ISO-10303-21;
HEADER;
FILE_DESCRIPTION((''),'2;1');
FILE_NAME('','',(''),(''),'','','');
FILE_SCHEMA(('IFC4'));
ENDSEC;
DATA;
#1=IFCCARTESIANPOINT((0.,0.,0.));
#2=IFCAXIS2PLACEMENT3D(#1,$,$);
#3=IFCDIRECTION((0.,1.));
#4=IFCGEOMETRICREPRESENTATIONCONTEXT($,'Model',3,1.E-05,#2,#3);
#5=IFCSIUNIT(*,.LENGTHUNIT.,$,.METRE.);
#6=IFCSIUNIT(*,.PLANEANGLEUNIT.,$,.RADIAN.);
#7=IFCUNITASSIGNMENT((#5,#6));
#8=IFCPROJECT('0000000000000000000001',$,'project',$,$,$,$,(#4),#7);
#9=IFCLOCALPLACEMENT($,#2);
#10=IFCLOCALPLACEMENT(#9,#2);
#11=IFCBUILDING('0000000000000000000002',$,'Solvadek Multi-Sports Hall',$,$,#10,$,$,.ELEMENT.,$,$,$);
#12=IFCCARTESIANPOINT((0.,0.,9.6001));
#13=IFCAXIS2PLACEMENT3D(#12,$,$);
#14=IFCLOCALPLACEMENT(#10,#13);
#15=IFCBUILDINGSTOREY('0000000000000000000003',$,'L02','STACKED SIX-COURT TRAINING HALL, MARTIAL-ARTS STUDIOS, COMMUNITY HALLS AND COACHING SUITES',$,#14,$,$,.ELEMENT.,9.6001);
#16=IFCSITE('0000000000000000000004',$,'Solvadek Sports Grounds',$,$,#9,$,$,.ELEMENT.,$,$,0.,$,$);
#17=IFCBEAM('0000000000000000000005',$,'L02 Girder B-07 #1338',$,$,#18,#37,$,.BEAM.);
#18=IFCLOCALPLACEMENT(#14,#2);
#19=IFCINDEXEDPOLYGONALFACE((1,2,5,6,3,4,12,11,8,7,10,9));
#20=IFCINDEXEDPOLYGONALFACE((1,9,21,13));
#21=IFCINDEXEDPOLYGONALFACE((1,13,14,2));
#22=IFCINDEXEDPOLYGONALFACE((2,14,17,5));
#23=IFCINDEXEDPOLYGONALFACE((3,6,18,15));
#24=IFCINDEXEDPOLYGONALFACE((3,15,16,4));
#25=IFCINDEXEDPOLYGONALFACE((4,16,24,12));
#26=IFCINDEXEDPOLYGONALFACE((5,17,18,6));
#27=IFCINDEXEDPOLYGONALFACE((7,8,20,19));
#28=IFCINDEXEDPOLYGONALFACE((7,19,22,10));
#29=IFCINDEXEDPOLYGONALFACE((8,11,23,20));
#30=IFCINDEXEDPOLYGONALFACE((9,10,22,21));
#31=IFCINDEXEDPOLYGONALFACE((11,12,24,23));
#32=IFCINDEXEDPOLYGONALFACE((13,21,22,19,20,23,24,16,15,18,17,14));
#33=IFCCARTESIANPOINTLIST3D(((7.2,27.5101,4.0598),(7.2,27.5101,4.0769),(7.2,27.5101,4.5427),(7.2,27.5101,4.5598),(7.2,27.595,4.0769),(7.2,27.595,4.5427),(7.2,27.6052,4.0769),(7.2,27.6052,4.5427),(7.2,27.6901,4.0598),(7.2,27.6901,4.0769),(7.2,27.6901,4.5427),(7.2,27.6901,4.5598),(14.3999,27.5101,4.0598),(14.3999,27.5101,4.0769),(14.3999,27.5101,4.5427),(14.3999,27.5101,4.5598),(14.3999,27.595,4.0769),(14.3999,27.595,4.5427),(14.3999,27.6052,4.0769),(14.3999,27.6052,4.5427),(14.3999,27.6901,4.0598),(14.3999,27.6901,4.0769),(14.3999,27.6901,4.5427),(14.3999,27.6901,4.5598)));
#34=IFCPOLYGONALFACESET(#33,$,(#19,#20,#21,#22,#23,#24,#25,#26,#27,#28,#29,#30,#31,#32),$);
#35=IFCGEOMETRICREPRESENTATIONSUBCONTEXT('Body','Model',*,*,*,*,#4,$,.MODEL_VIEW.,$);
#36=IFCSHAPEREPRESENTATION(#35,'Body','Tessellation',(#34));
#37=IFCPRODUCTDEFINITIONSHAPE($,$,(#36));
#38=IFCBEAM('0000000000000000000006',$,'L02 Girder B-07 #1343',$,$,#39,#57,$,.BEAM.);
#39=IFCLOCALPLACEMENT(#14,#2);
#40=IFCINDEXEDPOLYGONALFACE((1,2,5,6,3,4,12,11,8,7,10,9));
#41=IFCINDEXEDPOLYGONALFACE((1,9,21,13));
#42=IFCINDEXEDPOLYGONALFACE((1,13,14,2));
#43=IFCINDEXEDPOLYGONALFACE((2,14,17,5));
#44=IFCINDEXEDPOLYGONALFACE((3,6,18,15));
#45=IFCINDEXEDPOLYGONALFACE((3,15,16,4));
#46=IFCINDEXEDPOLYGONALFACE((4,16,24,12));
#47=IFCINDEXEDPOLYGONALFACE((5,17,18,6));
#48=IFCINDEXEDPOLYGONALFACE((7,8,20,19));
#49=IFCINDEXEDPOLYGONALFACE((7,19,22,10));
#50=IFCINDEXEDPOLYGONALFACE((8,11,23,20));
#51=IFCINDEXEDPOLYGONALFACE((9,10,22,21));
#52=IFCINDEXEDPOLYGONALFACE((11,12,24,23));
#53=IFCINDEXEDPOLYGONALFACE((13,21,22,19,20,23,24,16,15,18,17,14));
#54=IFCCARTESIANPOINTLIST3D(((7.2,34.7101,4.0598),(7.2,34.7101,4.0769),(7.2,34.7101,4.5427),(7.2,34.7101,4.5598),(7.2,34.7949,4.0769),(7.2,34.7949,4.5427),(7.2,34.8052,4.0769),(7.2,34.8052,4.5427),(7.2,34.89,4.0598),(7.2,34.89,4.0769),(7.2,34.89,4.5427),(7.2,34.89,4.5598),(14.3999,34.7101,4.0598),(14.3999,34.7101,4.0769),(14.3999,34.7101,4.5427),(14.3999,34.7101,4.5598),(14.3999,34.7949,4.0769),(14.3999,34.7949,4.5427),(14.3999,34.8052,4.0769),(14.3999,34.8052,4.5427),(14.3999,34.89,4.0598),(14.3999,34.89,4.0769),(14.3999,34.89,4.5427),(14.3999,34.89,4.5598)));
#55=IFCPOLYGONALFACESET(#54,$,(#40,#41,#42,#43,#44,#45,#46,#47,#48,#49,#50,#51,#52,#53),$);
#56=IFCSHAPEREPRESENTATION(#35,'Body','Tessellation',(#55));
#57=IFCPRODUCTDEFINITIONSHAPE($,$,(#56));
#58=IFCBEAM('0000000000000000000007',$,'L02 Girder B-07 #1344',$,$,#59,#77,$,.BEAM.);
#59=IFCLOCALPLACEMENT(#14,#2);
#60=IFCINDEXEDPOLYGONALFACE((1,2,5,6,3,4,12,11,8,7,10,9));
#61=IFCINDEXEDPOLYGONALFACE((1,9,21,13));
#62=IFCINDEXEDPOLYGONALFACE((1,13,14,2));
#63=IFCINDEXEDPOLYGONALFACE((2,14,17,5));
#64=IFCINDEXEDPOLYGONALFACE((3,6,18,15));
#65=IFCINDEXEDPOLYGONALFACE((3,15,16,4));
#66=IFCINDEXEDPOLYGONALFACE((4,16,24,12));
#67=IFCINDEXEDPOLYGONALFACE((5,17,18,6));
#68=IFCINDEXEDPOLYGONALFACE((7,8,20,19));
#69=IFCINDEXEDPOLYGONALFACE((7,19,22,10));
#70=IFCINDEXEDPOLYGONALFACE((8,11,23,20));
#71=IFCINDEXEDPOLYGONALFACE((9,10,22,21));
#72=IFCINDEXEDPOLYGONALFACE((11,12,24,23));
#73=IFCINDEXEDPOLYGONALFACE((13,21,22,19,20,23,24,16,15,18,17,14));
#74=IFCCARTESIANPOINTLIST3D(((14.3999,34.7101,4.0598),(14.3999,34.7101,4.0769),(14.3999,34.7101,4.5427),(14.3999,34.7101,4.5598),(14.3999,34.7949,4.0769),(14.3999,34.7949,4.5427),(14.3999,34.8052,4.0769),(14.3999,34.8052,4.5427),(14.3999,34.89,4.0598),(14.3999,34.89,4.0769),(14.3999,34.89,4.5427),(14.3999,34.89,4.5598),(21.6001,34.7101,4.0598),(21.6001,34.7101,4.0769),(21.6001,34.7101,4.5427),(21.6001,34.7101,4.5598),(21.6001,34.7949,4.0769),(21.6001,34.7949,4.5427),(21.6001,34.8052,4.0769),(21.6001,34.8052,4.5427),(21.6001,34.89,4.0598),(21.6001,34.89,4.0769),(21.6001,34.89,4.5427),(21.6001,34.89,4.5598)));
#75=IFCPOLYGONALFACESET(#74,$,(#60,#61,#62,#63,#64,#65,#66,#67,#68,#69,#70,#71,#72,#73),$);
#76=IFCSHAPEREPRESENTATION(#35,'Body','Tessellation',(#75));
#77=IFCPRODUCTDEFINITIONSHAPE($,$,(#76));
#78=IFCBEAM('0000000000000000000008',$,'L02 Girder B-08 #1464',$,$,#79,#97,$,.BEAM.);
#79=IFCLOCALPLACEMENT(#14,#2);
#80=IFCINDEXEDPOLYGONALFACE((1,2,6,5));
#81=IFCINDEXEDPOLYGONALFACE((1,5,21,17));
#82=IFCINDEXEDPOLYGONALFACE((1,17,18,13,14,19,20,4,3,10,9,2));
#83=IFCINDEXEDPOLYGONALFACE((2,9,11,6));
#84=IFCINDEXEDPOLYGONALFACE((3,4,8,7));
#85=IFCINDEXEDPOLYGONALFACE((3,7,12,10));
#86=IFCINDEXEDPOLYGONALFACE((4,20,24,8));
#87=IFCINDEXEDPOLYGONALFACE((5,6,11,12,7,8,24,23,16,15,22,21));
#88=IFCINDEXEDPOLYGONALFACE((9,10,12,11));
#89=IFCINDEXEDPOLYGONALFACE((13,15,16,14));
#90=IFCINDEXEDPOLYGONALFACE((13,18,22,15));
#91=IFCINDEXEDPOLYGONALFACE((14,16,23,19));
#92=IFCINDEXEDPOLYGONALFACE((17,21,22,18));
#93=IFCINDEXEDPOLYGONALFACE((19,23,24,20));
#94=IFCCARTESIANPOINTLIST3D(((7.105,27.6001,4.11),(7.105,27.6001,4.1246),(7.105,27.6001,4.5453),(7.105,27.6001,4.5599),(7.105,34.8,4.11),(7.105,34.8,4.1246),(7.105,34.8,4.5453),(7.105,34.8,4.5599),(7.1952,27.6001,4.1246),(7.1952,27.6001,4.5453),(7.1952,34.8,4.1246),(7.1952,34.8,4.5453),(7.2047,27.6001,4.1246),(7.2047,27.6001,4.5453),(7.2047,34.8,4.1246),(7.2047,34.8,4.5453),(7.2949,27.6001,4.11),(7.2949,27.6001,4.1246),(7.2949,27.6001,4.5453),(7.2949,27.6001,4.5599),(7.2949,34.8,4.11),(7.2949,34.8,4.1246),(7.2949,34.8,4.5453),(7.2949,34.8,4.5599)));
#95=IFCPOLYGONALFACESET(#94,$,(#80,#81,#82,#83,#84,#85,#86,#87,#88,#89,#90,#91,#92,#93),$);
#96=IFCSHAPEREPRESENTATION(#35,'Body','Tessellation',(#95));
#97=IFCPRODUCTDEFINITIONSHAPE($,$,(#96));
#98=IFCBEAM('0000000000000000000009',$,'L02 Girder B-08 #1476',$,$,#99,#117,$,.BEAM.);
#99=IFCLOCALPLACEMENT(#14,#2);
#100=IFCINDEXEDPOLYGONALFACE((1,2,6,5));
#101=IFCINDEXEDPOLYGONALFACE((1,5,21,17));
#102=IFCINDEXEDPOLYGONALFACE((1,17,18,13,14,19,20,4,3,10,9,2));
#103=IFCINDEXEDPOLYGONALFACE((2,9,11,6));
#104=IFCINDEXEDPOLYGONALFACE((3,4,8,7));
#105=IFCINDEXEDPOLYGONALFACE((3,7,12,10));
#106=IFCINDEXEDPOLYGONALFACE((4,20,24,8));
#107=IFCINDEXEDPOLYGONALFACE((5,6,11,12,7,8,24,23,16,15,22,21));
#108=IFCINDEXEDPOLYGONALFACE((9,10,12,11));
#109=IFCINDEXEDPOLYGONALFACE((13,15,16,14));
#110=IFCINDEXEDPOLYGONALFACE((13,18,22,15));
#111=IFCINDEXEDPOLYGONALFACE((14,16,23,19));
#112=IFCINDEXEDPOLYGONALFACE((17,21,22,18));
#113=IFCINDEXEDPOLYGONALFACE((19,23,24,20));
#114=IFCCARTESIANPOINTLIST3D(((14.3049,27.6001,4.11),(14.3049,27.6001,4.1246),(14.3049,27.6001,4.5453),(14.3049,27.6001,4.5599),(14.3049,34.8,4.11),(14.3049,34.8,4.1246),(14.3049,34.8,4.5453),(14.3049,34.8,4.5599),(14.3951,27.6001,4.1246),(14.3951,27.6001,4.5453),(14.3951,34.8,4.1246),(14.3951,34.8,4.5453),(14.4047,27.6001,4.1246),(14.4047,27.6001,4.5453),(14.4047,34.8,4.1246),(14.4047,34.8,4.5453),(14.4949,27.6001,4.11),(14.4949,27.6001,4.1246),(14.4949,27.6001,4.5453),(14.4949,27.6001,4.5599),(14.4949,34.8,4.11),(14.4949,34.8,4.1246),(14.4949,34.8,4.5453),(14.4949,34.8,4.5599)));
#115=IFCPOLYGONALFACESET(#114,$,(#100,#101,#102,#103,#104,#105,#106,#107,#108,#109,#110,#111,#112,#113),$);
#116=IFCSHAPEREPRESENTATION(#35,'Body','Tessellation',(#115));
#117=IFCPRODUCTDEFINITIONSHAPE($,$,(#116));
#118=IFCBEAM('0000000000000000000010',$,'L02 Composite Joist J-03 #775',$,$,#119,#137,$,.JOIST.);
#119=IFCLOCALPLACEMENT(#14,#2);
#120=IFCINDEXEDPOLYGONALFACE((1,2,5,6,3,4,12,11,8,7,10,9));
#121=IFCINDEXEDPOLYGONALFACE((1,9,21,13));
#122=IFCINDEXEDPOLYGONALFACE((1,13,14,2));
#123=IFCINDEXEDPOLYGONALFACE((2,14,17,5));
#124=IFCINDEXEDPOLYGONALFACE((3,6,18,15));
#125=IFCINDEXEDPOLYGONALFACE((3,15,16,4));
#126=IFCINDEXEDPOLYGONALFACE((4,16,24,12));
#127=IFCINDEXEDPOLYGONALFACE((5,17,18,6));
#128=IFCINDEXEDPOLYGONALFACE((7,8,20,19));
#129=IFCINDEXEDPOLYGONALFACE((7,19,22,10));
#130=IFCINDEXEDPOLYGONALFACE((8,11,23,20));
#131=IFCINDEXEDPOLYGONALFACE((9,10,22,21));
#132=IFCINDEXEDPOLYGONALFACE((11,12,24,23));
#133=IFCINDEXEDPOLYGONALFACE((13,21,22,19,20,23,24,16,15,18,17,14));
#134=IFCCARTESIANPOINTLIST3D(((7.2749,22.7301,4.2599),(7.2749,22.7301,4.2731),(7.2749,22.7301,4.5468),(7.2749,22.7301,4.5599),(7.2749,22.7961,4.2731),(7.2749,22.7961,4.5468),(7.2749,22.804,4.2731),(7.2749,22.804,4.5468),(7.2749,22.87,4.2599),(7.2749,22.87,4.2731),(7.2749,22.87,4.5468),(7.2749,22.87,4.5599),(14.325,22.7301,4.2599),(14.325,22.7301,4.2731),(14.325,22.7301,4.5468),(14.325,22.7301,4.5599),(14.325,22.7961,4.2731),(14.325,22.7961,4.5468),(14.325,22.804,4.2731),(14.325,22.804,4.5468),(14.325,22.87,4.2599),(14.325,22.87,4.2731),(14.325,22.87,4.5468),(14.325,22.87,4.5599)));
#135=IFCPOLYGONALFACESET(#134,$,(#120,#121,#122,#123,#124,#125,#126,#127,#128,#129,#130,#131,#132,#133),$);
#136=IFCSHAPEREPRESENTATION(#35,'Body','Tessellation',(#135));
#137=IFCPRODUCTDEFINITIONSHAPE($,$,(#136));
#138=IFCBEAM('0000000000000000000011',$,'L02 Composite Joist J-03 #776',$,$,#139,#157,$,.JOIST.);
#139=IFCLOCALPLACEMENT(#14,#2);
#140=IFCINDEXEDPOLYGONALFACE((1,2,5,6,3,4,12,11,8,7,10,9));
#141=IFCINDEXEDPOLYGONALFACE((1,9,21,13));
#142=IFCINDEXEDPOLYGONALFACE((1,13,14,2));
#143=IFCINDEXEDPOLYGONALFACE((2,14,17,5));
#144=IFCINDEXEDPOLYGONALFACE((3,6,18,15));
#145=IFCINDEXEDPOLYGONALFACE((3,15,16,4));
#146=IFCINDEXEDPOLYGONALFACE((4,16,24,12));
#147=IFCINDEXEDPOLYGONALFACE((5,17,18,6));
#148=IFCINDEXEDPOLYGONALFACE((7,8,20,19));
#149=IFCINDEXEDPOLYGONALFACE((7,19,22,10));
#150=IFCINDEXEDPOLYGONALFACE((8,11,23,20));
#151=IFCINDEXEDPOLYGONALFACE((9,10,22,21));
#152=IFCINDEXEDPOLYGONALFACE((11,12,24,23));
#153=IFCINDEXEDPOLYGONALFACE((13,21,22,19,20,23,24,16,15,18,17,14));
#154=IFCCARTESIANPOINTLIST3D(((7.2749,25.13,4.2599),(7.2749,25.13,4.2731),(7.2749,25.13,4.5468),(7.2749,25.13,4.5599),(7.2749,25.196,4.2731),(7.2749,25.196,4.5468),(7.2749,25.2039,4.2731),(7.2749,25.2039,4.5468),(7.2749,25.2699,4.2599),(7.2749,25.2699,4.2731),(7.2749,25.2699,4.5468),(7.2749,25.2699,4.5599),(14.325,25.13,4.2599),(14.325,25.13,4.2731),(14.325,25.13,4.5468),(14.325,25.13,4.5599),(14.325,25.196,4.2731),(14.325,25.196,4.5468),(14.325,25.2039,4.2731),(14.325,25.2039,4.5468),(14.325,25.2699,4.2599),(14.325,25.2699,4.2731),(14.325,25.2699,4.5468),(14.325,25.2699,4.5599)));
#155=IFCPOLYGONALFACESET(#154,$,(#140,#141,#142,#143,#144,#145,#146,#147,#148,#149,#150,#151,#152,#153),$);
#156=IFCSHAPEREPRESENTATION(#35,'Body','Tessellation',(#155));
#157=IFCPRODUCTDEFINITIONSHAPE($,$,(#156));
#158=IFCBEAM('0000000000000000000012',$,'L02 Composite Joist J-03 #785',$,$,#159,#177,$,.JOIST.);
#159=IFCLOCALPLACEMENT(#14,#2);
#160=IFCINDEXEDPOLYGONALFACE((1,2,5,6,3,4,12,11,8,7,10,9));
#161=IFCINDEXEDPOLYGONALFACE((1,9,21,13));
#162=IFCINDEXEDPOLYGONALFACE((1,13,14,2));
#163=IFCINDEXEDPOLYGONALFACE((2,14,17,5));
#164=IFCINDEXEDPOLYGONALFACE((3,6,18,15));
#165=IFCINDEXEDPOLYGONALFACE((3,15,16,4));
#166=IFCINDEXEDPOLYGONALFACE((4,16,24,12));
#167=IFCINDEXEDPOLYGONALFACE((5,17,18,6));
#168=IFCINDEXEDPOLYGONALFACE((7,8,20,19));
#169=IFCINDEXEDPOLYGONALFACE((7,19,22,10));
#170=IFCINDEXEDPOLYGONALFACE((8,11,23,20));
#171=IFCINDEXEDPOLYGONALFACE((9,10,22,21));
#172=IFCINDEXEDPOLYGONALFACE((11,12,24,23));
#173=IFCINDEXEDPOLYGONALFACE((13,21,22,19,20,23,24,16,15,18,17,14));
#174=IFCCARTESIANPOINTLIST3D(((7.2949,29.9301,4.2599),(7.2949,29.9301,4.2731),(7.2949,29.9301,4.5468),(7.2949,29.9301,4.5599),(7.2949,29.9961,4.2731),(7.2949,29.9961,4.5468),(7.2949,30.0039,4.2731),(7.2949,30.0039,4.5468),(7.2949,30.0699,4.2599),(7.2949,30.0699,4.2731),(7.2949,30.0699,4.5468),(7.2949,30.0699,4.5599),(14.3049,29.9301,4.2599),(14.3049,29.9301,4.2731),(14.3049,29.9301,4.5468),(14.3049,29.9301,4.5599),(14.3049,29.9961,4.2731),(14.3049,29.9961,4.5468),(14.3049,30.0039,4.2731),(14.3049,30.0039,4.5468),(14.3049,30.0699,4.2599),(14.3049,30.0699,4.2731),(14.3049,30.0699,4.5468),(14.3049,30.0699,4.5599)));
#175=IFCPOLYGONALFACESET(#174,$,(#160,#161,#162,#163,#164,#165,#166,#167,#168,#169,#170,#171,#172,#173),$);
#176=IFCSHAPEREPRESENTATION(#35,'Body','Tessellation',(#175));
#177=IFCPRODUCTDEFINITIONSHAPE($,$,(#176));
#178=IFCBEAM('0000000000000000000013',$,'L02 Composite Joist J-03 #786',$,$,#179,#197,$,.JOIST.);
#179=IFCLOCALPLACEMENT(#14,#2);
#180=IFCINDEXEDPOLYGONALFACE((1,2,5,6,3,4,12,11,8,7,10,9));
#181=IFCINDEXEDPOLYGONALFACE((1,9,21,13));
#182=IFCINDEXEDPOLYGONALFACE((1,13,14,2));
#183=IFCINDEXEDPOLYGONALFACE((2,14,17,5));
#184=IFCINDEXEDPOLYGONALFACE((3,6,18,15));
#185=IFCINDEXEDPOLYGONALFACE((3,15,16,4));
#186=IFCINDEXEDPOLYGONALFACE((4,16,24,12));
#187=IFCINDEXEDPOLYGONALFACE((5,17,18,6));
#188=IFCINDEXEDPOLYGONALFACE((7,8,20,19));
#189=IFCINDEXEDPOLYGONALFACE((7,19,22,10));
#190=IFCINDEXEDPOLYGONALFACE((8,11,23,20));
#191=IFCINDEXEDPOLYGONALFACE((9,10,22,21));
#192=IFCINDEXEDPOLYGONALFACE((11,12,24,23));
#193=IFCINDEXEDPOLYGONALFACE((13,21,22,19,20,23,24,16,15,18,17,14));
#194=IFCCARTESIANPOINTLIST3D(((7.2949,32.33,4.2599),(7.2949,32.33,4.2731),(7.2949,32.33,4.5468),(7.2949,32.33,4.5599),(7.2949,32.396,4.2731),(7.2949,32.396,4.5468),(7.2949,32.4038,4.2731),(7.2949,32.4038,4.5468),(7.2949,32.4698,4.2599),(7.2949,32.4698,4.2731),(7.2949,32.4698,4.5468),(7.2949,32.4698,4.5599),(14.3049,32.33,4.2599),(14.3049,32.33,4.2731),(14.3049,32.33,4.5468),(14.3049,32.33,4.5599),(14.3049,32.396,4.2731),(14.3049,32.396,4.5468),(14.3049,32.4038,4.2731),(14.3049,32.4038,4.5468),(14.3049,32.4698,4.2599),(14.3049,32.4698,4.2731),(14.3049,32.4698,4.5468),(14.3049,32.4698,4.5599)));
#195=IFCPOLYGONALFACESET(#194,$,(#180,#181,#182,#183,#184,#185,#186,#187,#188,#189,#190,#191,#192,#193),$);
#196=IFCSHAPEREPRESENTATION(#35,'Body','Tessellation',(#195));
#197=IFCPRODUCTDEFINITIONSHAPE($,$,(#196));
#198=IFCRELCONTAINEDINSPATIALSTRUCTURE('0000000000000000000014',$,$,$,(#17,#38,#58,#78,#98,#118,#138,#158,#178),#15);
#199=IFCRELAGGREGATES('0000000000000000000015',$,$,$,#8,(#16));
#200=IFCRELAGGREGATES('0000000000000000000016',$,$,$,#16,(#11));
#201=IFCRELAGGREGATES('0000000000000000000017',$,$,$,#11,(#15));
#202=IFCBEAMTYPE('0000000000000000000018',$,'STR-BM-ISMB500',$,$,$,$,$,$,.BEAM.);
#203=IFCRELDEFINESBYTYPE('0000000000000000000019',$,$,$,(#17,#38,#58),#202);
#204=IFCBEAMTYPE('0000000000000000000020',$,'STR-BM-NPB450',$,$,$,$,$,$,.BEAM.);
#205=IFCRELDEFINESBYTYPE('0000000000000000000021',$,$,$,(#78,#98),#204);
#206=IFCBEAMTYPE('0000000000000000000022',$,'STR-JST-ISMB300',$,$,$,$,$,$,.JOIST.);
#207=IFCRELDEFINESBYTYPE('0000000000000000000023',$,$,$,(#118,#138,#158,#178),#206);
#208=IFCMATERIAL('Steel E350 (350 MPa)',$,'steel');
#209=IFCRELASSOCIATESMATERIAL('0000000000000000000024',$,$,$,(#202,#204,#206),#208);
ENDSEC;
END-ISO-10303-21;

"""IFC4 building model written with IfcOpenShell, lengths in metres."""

from ifc_helpers import new_model, si_unit, direction, frame, origin, origin_2d, place, context, subcontext, project, spatial, i_section, extrude, material, material_profile, profile_set, type_object, element, save


model = new_model("IFC4")

# Units and contexts
model_context = context("Model", 3, precision=1e-05, world=origin(), true_north=direction((0.0, 1.0)))
body_context = subcontext(model_context, "Body", "Model", "MODEL_VIEW")
ifc_project = project(units=[si_unit("LENGTHUNIT", "METRE"), si_unit("PLANEANGLEUNIT", "RADIAN")], contexts=[model_context])

# Site, building, storey
site_placement = place(None, origin())
site = spatial("IfcSite", under=ifc_project, at=site_placement, Name="Solvadek Sports Grounds", CompositionType="ELEMENT", RefElevation=0.0)
building_placement = place(site_placement, origin())
building = spatial("IfcBuilding", under=site, at=building_placement, Name="Solvadek Multi-Sports Hall", CompositionType="ELEMENT")
storey_placement = place(building_placement, frame((0.0, 0.0, 9.6001)))
storey = spatial("IfcBuildingStorey", under=building, at=storey_placement, Name="L02", Description="STACKED SIX-COURT TRAINING HALL, MARTIAL-ARTS STUDIOS, COMMUNITY HALLS AND COACHING SUITES", CompositionType="ELEMENT", Elevation=9.6001)

# Shared definitions
ifc_material_1 = material(Name="Steel E350 (350 MPa)", Category="steel")

# Beams
ifc_material_profile_1 = material_profile(ifc_material_1, i_section(OverallWidth=0.1799, OverallDepth=0.5, WebThickness=0.0103, FlangeThickness=0.0171, at=origin_2d()), Name="ISMB 500")
ifc_profile_set_1 = profile_set([ifc_material_profile_1], Name="Steel E350 (350 MPa)")
beam_type_1 = type_object("IfcBeamType", Name="STR-BM-ISMB500", PredefinedType="BEAM", material=ifc_profile_set_1)
for number, where, z_axis, x_axis, name in (
    (1, (7.2, 27.6001, 4.3098), (1.0, 0.0, 0.0), (0.0, 1.0, 0.0), "L02 Girder B-07 #1338"),
    (2, (7.2, 34.8, 4.3098), (1.0, 0.0, 0.0), (0.0, 1.0, 0.0), "L02 Girder B-07 #1343"),
):
    element("IfcBeam", number, at=place(storey_placement, frame(where, z_axis=z_axis, x_axis=x_axis)), inside=storey, type_object=beam_type_1, Name=name, PredefinedType="BEAM", context=body_context, shape_type="SweptSolid", body=[
        extrude(i_section(OverallWidth=0.1799, OverallDepth=0.5, WebThickness=0.0103, FlangeThickness=0.0171, at=origin_2d()), origin(), (0.0, 0.0, 1.0), 7.2),
    ])
beam_placement = place(storey_placement, frame((14.3999, 34.8, 4.3098), z_axis=(1.0, 0.0, 0.0), x_axis=(0.0, 1.0, 0.0)))
element("IfcBeam", 3, at=beam_placement, inside=storey, type_object=beam_type_1, Name="L02 Girder B-07 #1344", PredefinedType="BEAM", context=body_context, shape_type="SweptSolid", body=[
    extrude(i_section(OverallWidth=0.1799, OverallDepth=0.5, WebThickness=0.0103, FlangeThickness=0.0171, at=origin_2d()), origin(), (0.0, 0.0, 1.0), 7.2002),
])
ifc_material_profile_2 = material_profile(ifc_material_1, i_section(OverallWidth=0.1899, OverallDepth=0.45, WebThickness=0.0095, FlangeThickness=0.0146, at=origin_2d()), Name="NPB 450")
ifc_profile_set_2 = profile_set([ifc_material_profile_2], Name="Steel E350 (350 MPa)")
beam_type_2 = type_object("IfcBeamType", Name="STR-BM-NPB450", PredefinedType="BEAM", material=ifc_profile_set_2)
for number, where, z_axis, x_axis, name in (
    (4, (7.2, 27.6001, 4.335), (0.0, 1.0, 0.0), (-1.0, 0.0, 0.0), "L02 Girder B-08 #1464"),
    (5, (14.3999, 27.6001, 4.335), (0.0, 1.0, 0.0), (-1.0, 0.0, 0.0), "L02 Girder B-08 #1476"),
):
    element("IfcBeam", number, at=place(storey_placement, frame(where, z_axis=z_axis, x_axis=x_axis)), inside=storey, type_object=beam_type_2, Name=name, PredefinedType="BEAM", context=body_context, shape_type="SweptSolid", body=[
        extrude(i_section(OverallWidth=0.1899, OverallDepth=0.45, WebThickness=0.0095, FlangeThickness=0.0146, at=origin_2d()), origin(), (0.0, 0.0, 1.0), 7.2),
    ])
ifc_material_profile_3 = material_profile(ifc_material_1, i_section(OverallWidth=0.1399, OverallDepth=0.3, WebThickness=0.0078, FlangeThickness=0.0132, at=origin_2d()), Name="ISMB 300")
ifc_profile_set_3 = profile_set([ifc_material_profile_3], Name="Steel E350 (350 MPa)")
beam_type_3 = type_object("IfcBeamType", Name="STR-JST-ISMB300", PredefinedType="JOIST", material=ifc_profile_set_3)
for number, where, z_axis, x_axis, name in (
    (6, (7.2749, 22.8, 4.4099), (1.0, 0.0, 0.0), (0.0, 1.0, 0.0), "L02 Composite Joist J-03 #775"),
    (7, (7.2749, 25.2, 4.4099), (1.0, 0.0, 0.0), (0.0, 1.0, 0.0), "L02 Composite Joist J-03 #776"),
):
    element("IfcBeam", number, at=place(storey_placement, frame(where, z_axis=z_axis, x_axis=x_axis)), inside=storey, type_object=beam_type_3, Name=name, PredefinedType="JOIST", context=body_context, shape_type="SweptSolid", body=[
        extrude(i_section(OverallWidth=0.1399, OverallDepth=0.3, WebThickness=0.0078, FlangeThickness=0.0132, at=origin_2d()), origin(), (0.0, 0.0, 1.0), 7.05),
    ])
for number, where, z_axis, x_axis, name in (
    (8, (7.2949, 30.0, 4.4099), (1.0, 0.0, 0.0), (0.0, 1.0, 0.0), "L02 Composite Joist J-03 #785"),
    (9, (7.2949, 32.3999, 4.4099), (1.0, 0.0, 0.0), (0.0, 1.0, 0.0), "L02 Composite Joist J-03 #786"),
):
    element("IfcBeam", number, at=place(storey_placement, frame(where, z_axis=z_axis, x_axis=x_axis)), inside=storey, type_object=beam_type_3, Name=name, PredefinedType="JOIST", context=body_context, shape_type="SweptSolid", body=[
        extrude(i_section(OverallWidth=0.1399, OverallDepth=0.3, WebThickness=0.0078, FlangeThickness=0.0132, at=origin_2d()), origin(), (0.0, 0.0, 1.0), 7.01),
    ])

save(model, "model.ifc")
